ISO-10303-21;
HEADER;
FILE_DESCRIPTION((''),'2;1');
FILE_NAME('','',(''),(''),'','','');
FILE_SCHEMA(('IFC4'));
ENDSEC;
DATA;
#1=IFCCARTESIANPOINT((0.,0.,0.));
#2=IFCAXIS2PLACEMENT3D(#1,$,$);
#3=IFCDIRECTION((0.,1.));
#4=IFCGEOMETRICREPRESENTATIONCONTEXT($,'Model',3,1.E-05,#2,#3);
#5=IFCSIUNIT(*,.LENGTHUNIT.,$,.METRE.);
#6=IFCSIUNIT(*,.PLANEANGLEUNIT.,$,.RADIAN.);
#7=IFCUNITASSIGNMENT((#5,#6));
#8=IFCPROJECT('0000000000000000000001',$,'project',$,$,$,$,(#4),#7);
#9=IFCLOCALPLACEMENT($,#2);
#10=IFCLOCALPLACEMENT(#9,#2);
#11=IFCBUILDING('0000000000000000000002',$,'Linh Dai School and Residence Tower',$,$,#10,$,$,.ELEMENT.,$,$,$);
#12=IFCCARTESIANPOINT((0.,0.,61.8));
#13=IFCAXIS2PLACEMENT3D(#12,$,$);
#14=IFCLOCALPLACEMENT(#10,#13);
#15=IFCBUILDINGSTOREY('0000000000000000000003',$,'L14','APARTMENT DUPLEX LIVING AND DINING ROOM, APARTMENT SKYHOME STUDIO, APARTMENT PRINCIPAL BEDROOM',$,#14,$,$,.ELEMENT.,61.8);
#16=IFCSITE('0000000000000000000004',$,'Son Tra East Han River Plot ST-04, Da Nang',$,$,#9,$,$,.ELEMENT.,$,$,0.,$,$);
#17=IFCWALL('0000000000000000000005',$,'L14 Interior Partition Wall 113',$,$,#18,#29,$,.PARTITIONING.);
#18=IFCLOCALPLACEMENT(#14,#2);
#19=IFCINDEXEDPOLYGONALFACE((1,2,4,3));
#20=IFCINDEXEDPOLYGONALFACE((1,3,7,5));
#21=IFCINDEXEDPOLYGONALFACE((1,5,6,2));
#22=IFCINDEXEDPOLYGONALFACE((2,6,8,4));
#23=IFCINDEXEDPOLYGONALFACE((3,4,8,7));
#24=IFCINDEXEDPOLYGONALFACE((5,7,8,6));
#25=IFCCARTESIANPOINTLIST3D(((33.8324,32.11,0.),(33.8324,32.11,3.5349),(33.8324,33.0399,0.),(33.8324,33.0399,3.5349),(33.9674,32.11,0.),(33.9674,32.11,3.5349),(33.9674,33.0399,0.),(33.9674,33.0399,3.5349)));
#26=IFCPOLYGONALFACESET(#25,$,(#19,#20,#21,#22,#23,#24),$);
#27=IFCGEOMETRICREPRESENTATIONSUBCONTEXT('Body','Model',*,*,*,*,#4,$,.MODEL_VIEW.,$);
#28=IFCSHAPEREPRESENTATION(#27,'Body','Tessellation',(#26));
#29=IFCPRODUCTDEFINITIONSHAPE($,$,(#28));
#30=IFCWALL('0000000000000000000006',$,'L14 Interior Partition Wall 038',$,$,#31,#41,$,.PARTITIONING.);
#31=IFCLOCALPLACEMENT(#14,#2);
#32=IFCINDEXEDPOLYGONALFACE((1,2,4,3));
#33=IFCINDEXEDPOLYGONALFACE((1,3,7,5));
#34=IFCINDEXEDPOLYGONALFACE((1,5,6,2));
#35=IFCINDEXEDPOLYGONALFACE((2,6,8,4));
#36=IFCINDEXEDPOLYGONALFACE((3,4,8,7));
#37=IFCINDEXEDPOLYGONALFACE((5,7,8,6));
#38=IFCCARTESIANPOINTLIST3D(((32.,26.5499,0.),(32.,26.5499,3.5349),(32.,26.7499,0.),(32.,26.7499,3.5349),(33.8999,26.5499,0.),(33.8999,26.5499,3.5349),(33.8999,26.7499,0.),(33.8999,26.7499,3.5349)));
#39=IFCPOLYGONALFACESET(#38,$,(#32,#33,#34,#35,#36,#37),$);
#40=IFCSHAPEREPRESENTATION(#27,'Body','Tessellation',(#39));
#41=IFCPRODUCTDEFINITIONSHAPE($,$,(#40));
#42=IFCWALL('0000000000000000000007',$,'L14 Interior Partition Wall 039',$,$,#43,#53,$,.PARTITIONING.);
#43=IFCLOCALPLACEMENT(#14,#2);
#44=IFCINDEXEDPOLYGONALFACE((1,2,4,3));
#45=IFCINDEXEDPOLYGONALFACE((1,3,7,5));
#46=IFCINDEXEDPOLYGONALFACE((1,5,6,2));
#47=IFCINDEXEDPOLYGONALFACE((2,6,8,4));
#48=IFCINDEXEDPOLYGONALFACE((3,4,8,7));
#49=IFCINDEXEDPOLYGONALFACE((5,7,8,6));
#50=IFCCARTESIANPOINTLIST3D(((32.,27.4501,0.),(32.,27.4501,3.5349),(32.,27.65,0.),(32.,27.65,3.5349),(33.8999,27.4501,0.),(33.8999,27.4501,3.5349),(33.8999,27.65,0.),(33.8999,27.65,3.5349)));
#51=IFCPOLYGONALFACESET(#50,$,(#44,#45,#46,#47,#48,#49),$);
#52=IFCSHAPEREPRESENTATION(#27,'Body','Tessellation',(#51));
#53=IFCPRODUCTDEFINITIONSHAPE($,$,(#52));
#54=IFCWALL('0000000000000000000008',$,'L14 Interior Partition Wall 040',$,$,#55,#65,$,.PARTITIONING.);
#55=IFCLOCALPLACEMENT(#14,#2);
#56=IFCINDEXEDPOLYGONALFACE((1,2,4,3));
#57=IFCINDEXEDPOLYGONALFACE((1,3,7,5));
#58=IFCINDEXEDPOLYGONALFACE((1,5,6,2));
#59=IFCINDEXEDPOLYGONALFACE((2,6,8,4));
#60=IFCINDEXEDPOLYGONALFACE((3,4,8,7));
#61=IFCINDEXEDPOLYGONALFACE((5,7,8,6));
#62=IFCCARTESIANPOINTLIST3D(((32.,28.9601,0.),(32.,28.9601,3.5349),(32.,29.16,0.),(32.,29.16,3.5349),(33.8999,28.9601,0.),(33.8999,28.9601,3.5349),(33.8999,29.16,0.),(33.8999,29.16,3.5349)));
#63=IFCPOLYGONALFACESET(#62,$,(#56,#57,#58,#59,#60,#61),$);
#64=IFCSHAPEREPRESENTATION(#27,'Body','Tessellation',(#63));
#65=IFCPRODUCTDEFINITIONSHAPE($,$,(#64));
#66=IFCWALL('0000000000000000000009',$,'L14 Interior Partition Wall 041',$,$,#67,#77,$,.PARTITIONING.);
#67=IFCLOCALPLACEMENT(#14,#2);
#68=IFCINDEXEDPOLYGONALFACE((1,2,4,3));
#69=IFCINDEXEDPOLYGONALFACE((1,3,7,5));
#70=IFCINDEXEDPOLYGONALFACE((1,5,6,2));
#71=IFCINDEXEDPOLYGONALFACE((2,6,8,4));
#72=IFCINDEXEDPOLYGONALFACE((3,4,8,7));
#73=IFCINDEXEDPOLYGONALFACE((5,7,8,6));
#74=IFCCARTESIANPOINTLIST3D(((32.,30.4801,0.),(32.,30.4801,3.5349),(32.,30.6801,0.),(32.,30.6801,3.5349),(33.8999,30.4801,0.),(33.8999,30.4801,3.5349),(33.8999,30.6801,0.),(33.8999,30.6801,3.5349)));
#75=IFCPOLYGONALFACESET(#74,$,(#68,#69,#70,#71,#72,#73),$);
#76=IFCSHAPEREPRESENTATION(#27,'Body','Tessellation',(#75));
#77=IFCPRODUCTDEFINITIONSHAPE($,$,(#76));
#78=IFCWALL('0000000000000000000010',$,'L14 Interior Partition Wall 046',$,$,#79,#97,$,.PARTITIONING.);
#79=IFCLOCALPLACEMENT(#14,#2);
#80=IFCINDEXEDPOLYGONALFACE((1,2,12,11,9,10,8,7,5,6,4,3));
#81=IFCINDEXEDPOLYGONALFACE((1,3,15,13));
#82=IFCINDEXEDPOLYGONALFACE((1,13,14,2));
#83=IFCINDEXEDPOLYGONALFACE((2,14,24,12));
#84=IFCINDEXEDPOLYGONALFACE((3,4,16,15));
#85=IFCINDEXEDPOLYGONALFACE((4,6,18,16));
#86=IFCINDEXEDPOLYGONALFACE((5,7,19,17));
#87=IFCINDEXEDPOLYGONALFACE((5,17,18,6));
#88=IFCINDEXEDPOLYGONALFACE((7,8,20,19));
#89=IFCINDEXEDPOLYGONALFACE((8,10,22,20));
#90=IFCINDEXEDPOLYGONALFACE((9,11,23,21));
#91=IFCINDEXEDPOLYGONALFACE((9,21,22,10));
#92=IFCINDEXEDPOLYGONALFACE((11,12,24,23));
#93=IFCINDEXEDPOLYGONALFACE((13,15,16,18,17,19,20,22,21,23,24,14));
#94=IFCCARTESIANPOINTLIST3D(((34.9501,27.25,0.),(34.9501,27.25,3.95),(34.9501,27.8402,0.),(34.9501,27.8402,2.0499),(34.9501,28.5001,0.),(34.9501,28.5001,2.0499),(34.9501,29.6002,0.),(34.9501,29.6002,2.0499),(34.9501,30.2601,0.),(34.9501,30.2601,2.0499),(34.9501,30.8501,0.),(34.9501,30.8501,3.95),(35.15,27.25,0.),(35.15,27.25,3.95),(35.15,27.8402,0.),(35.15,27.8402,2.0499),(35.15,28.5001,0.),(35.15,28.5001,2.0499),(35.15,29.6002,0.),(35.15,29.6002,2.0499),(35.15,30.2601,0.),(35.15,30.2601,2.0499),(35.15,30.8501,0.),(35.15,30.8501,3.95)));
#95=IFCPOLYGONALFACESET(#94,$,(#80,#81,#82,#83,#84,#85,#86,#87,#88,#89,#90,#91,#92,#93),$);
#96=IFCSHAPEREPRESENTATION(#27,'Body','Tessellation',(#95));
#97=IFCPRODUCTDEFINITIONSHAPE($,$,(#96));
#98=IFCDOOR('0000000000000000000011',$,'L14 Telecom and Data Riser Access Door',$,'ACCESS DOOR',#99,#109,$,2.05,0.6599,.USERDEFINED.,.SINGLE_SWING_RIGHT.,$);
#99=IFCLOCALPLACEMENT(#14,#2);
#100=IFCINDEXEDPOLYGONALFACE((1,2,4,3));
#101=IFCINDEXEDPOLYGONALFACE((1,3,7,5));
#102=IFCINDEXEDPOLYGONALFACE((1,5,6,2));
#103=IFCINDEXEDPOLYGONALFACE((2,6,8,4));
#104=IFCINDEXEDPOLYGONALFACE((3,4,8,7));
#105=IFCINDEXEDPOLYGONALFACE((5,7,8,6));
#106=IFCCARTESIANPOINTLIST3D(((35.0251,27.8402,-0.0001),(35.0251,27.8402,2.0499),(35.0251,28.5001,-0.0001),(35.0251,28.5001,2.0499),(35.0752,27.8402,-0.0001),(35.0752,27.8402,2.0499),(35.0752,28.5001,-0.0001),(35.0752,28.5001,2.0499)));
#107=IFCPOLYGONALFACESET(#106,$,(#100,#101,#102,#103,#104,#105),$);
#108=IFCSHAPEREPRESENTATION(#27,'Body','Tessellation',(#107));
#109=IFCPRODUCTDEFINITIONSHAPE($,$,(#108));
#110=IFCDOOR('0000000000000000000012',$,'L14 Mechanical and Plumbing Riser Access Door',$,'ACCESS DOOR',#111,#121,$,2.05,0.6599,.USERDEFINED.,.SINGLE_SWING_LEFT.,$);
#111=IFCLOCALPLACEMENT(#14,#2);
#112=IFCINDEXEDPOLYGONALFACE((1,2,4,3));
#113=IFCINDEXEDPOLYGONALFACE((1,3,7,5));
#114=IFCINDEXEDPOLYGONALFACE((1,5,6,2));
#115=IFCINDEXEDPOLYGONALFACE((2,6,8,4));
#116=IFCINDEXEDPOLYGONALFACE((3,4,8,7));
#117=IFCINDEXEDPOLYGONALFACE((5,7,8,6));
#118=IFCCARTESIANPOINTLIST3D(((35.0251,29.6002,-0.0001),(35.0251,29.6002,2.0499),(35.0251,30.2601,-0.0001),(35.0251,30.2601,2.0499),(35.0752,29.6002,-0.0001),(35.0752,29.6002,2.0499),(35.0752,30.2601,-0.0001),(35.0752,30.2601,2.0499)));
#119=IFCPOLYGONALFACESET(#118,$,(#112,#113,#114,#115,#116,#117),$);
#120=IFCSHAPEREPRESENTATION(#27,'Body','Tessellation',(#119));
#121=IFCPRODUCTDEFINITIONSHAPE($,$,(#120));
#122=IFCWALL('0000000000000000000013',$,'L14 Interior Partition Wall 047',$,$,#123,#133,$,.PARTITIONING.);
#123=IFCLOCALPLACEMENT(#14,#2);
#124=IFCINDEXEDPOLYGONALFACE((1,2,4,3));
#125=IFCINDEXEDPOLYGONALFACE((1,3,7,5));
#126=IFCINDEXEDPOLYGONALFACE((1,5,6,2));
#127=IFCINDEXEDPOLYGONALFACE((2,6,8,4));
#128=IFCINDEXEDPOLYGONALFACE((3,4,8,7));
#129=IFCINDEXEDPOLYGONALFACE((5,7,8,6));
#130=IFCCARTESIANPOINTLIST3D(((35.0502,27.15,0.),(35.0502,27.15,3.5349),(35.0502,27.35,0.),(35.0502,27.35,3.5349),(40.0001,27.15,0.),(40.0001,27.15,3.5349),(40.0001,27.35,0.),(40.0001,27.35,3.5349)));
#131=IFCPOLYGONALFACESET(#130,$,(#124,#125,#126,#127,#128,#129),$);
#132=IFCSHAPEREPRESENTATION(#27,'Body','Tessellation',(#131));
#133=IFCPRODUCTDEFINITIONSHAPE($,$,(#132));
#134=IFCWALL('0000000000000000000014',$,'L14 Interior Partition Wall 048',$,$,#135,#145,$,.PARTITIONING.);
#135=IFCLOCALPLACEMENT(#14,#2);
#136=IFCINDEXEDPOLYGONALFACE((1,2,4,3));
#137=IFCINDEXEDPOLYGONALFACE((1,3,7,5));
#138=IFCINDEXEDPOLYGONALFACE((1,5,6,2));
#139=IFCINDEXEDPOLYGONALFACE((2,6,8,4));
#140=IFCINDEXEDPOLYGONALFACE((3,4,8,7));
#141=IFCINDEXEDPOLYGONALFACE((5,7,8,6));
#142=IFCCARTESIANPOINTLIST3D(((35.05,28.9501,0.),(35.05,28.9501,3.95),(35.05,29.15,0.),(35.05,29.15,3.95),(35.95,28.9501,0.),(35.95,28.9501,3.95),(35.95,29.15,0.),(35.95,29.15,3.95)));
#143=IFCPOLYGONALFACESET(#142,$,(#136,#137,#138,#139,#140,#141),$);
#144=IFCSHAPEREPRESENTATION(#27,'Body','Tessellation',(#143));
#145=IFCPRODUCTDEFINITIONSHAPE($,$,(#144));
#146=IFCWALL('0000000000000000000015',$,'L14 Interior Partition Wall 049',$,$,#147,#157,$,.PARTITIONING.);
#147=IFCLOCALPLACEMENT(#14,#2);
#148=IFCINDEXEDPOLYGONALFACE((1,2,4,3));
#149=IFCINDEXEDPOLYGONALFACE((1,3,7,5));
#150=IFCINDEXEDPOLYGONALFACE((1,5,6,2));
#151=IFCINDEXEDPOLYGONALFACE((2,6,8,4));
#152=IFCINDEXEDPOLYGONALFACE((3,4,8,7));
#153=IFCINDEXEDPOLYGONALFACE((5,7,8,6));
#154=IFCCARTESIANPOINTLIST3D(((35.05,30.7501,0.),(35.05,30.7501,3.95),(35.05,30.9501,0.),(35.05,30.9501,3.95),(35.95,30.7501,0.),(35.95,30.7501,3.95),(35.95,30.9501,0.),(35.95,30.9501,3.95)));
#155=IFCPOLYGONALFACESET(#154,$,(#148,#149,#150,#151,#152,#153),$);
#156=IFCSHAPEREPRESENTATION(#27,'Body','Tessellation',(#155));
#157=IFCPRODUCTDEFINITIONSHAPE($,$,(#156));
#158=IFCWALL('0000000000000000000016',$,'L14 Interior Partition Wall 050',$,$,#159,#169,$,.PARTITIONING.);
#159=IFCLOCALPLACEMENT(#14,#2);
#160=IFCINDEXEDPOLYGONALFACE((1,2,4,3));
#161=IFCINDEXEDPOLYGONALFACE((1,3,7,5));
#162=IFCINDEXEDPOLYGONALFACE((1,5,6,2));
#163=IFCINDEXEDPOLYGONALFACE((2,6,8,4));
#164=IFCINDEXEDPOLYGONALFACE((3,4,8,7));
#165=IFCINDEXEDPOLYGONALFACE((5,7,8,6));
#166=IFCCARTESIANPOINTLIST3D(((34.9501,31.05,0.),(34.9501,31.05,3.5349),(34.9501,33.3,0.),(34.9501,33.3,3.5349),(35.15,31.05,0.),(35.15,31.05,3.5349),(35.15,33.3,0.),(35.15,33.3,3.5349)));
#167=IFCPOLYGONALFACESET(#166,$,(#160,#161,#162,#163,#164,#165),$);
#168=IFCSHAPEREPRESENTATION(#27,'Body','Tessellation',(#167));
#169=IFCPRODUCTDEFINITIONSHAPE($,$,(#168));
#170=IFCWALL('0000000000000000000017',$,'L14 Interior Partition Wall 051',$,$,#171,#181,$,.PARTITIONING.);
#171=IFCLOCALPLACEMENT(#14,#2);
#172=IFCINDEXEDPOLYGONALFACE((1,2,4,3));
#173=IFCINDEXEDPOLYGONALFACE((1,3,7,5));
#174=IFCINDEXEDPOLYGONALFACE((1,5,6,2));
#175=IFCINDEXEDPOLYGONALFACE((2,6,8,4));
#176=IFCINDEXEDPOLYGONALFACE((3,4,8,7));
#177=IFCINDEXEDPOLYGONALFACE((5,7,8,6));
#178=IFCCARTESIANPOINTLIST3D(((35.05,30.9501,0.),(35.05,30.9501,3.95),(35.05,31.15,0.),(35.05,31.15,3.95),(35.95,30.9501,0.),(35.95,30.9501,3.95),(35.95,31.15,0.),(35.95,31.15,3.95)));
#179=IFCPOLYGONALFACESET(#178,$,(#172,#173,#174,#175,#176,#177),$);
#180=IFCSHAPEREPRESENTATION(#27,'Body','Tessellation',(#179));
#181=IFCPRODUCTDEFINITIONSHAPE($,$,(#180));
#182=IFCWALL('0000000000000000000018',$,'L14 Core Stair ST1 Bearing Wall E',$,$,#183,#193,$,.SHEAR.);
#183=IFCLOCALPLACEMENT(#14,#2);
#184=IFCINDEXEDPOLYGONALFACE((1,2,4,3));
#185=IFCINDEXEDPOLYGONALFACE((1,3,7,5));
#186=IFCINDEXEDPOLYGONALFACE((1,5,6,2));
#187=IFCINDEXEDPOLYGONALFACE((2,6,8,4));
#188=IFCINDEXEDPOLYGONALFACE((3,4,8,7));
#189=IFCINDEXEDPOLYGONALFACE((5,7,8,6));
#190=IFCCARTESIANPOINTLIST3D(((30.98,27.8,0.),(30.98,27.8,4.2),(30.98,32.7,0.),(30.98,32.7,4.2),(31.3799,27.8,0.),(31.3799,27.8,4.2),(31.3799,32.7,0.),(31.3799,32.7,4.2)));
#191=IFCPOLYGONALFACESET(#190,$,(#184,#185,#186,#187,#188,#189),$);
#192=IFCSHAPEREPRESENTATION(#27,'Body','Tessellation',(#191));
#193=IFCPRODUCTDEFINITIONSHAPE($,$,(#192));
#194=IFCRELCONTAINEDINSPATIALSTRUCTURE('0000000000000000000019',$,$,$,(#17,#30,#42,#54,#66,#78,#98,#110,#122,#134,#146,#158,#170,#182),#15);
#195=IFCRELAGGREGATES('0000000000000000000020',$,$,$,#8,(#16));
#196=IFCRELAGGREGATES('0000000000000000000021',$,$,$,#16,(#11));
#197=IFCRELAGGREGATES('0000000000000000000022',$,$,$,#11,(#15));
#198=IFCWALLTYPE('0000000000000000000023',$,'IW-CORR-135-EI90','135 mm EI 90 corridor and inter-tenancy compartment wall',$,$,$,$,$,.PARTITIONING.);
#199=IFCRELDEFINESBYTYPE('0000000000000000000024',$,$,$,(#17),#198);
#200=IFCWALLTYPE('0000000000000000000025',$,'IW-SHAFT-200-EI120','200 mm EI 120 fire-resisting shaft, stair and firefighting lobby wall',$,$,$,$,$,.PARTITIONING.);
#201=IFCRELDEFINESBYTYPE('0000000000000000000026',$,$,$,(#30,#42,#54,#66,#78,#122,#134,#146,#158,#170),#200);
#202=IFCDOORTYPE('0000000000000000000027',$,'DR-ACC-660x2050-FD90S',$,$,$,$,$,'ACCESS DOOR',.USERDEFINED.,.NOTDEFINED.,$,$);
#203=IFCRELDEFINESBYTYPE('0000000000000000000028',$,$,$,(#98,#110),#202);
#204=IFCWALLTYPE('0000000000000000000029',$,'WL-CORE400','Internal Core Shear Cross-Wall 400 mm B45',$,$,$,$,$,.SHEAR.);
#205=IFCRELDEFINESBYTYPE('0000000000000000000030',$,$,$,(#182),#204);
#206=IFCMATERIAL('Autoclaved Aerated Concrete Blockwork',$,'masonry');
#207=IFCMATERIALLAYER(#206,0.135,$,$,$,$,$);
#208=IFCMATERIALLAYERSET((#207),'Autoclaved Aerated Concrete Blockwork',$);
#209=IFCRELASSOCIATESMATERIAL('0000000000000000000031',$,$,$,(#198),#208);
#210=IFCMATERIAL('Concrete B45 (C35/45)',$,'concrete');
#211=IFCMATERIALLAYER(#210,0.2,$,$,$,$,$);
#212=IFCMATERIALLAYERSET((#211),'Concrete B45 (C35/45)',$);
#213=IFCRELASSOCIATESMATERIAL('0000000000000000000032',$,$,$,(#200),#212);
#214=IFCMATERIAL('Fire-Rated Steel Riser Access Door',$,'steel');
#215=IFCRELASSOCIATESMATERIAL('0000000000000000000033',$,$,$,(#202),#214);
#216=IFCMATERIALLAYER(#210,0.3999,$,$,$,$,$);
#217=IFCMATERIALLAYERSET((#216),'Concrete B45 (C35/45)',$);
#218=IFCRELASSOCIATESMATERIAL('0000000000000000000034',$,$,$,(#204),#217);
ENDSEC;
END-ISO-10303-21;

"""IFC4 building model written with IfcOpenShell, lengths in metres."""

from ifc_helpers import new_model, si_unit, direction, frame, frame_2d, origin, origin_2d, place, context, subcontext, project, spatial, rectangle, extrude, source, transform, mapped, material, layer, layer_set, type_object, element, fill, save


model = new_model("IFC4")

# Units and contexts
model_context = context("Model", 3, precision=1e-05, world=origin(), true_north=direction((0.0, 1.0)))
body_context = subcontext(model_context, "Body", "Model", "MODEL_VIEW")
ifc_project = project(units=[si_unit("LENGTHUNIT", "METRE"), si_unit("PLANEANGLEUNIT", "RADIAN")], contexts=[model_context])

# Site, building, storey
site_placement = place(None, origin())
site = spatial("IfcSite", under=ifc_project, at=site_placement, Name="Son Tra East Han River Plot ST-04, Da Nang", CompositionType="ELEMENT", RefElevation=0.0)
building_placement = place(site_placement, origin())
building = spatial("IfcBuilding", under=site, at=building_placement, Name="Linh Dai School and Residence Tower", CompositionType="ELEMENT")
storey_placement = place(building_placement, frame((0.0, 0.0, 61.8)))
storey = spatial("IfcBuildingStorey", under=building, at=storey_placement, Name="L14", Description="APARTMENT DUPLEX LIVING AND DINING ROOM, APARTMENT SKYHOME STUDIO, APARTMENT PRINCIPAL BEDROOM", CompositionType="ELEMENT", Elevation=61.8)

# Walls
ifc_material_1 = material(Name="Autoclaved Aerated Concrete Blockwork", Category="masonry")
ifc_layer_1 = layer(ifc_material_1, 0.135)
ifc_layer_set_1 = layer_set([ifc_layer_1], Name="Autoclaved Aerated Concrete Blockwork")
wall_type_1 = type_object("IfcWallType", Name="IW-CORR-135-EI90", Description="135 mm EI 90 corridor and inter-tenancy compartment wall", PredefinedType="PARTITIONING", material=ifc_layer_set_1)
wall_1_placement = place(storey_placement, frame((33.8999, 32.1101, 0.0), z_axis=(0.0, 0.0, 1.0), x_axis=(0.0, 1.0, 0.0)))
element("IfcWall", 1, at=wall_1_placement, inside=storey, type_object=wall_type_1, Name="L14 Interior Partition Wall 113", PredefinedType="PARTITIONING", context=body_context, shape_type="SweptSolid", body=[
    extrude(rectangle(XDim=0.9299, YDim=0.135, at=frame_2d((0.4648, 0.0))), origin(), (0.0, 0.0, 1.0), 3.5349),
])
ifc_material_2 = material(Name="Concrete B45 (C35/45)", Category="concrete")
ifc_layer_2 = layer(ifc_material_2, 0.2)
ifc_layer_set_2 = layer_set([ifc_layer_2], Name="Concrete B45 (C35/45)")
wall_type_2 = type_object("IfcWallType", Name="IW-SHAFT-200-EI120", Description="200 mm EI 120 fire-resisting shaft, stair and firefighting lobby wall", PredefinedType="PARTITIONING", material=ifc_layer_set_2)
for number, where, z_axis, x_axis, name in (
    (2, (32.0, 26.6499, 0.0), (0.0, 0.0, 1.0), (1.0, 0.0, 0.0), "L14 Interior Partition Wall 038"),
    (3, (32.0, 27.55, 0.0), (0.0, 0.0, 1.0), (1.0, 0.0, 0.0), "L14 Interior Partition Wall 039"),
    (4, (32.0, 29.0601, 0.0), (0.0, 0.0, 1.0), (1.0, 0.0, 0.0), "L14 Interior Partition Wall 040"),
    (5, (32.0, 30.5801, 0.0), (0.0, 0.0, 1.0), (1.0, 0.0, 0.0), "L14 Interior Partition Wall 041"),
):
    element("IfcWall", number, at=place(storey_placement, frame(where, z_axis=z_axis, x_axis=x_axis)), inside=storey, type_object=wall_type_2, Name=name, PredefinedType="PARTITIONING", context=body_context, shape_type="SweptSolid", body=[
        extrude(rectangle(XDim=1.8999, YDim=0.2, at=frame_2d((0.95, 0.0))), origin(), (0.0, 0.0, 1.0), 3.5349),
    ])

# Wall, openings, doors
wall_2_placement = place(storey_placement, frame((35.05, 27.25, 0.0), z_axis=(0.0, 0.0, 1.0), x_axis=(0.0, 1.0, 0.0)))
wall_2 = element("IfcWall", 6, at=wall_2_placement, inside=storey, type_object=wall_type_2, Name="L14 Interior Partition Wall 046", PredefinedType="PARTITIONING", context=body_context, shape_type="SweptSolid", body=[
    extrude(rectangle(XDim=3.6001, YDim=0.2, at=frame_2d((1.8, 0.0))), origin(), (0.0, 0.0, 1.0), 3.95),
])
opening_1_placement = place(wall_2_placement, frame((0.5901, 0.0, 0.0)))
opening_1 = element("IfcOpeningElement", 7, at=opening_1_placement, cuts=wall_2, PredefinedType="OPENING", context=body_context, shape_type="SweptSolid", body=[
    extrude(rectangle(XDim=0.6599, YDim=2.05, at=origin_2d()), frame((0.3301, 0.1099, 1.0249), z_axis=(0.0, -1.0, 0.0), x_axis=(1.0, 0.0, 0.0)), (0.0, 0.0, 1.0), 0.22),
])
opening_2_placement = place(wall_2_placement, frame((2.3501, 0.0, 0.0)))
opening_2 = element("IfcOpeningElement", 8, at=opening_2_placement, cuts=wall_2, PredefinedType="OPENING", context=body_context, shape_type="SweptSolid", body=[
    extrude(rectangle(XDim=0.6599, YDim=2.05, at=origin_2d()), frame((0.3301, 0.1099, 1.0249), z_axis=(0.0, -1.0, 0.0), x_axis=(1.0, 0.0, 0.0)), (0.0, 0.0, 1.0), 0.22),
])
ifc_material_3 = material(Name="Fire-Rated Steel Riser Access Door", Category="steel")
door_type = type_object("IfcDoorType", Name="DR-ACC-660x2050-FD90S", ElementType="ACCESS DOOR", OperationType="NOTDEFINED", PredefinedType="USERDEFINED", material=ifc_material_3)
shared_shape_1 = source(origin(), body_context, "Body", "SweptSolid", [
    extrude(rectangle(XDim=0.6599, YDim=2.05, at=origin_2d()), frame((0.3301, 0.0249, 1.0249), z_axis=(0.0, -1.0, 0.0), x_axis=(1.0, 0.0, 0.0)), (0.0, 0.0, 1.0), 0.05),
])
door_1_placement = place(opening_1_placement, origin())
door_1 = element("IfcDoor", 9, at=door_1_placement, inside=storey, type_object=door_type, Name="L14 Telecom and Data Riser Access Door", ObjectType="ACCESS DOOR", OperationType="SINGLE_SWING_RIGHT", OverallHeight=2.05, OverallWidth=0.6599, PredefinedType="USERDEFINED", context=body_context, shape_type="MappedRepresentation", body=[
    mapped(shared_shape_1, transform((0.0, 0.0, 0.0), x_axis=(1.0, 0.0, 0.0), y_axis=(0.0, 1.0, 0.0), z_axis=(0.0, 0.0, 1.0), scale=1.0)),
])
fill(opening_1, door_1)
door_2_placement = place(opening_2_placement, origin())
door_2 = element("IfcDoor", 10, at=door_2_placement, inside=storey, type_object=door_type, Name="L14 Mechanical and Plumbing Riser Access Door", ObjectType="ACCESS DOOR", OperationType="SINGLE_SWING_LEFT", OverallHeight=2.05, OverallWidth=0.6599, PredefinedType="USERDEFINED", context=body_context, shape_type="MappedRepresentation", body=[
    mapped(shared_shape_1, transform((0.0, 0.0, 0.0), x_axis=(1.0, 0.0, 0.0), y_axis=(0.0, 1.0, 0.0), z_axis=(0.0, 0.0, 1.0), scale=1.0)),
])
fill(opening_2, door_2)

# Walls
wall_3_placement = place(storey_placement, frame((35.05, 27.25, 0.0), z_axis=(0.0, 0.0, 1.0), x_axis=(1.0, 0.0, 0.0)))
element("IfcWall", 11, at=wall_3_placement, inside=storey, type_object=wall_type_2, Name="L14 Interior Partition Wall 047", PredefinedType="PARTITIONING", context=body_context, shape_type="SweptSolid", body=[
    extrude(rectangle(XDim=4.95, YDim=0.2, at=frame_2d((2.4751, 0.0))), origin(), (0.0, 0.0, 1.0), 3.5349),
])
for number, where, z_axis, x_axis, name in (
    (12, (35.05, 29.05, 0.0), (0.0, 0.0, 1.0), (1.0, 0.0, 0.0), "L14 Interior Partition Wall 048"),
    (13, (35.05, 30.8501, 0.0), (0.0, 0.0, 1.0), (1.0, 0.0, 0.0), "L14 Interior Partition Wall 049"),
):
    element("IfcWall", number, at=place(storey_placement, frame(where, z_axis=z_axis, x_axis=x_axis)), inside=storey, type_object=wall_type_2, Name=name, PredefinedType="PARTITIONING", context=body_context, shape_type="SweptSolid", body=[
        extrude(rectangle(XDim=0.8999, YDim=0.2, at=frame_2d((0.45, 0.0))), origin(), (0.0, 0.0, 1.0), 3.95),
    ])
wall_4_placement = place(storey_placement, frame((35.05, 31.05, 0.0), z_axis=(0.0, 0.0, 1.0), x_axis=(0.0, 1.0, 0.0)))
element("IfcWall", 14, at=wall_4_placement, inside=storey, type_object=wall_type_2, Name="L14 Interior Partition Wall 050", PredefinedType="PARTITIONING", context=body_context, shape_type="SweptSolid", body=[
    extrude(rectangle(XDim=2.25, YDim=0.2, at=frame_2d((1.125, 0.0))), origin(), (0.0, 0.0, 1.0), 3.5349),
])
wall_5_placement = place(storey_placement, frame((35.05, 31.05, 0.0), z_axis=(0.0, 0.0, 1.0), x_axis=(1.0, 0.0, 0.0)))
element("IfcWall", 15, at=wall_5_placement, inside=storey, type_object=wall_type_2, Name="L14 Interior Partition Wall 051", PredefinedType="PARTITIONING", context=body_context, shape_type="SweptSolid", body=[
    extrude(rectangle(XDim=0.8999, YDim=0.2, at=frame_2d((0.45, 0.0))), origin(), (0.0, 0.0, 1.0), 3.95),
])
ifc_layer_3 = layer(ifc_material_2, 0.3999)
ifc_layer_set_3 = layer_set([ifc_layer_3], Name="Concrete B45 (C35/45)")
wall_type_3 = type_object("IfcWallType", Name="WL-CORE400", Description="Internal Core Shear Cross-Wall 400 mm B45", PredefinedType="SHEAR", material=ifc_layer_set_3)
wall_6_placement = place(storey_placement, frame((31.1799, 27.8, 0.0), z_axis=(0.0, 0.0, 1.0), x_axis=(0.0, 1.0, 0.0)))
element("IfcWall", 16, at=wall_6_placement, inside=storey, type_object=wall_type_3, Name="L14 Core Stair ST1 Bearing Wall E", PredefinedType="SHEAR", context=body_context, shape_type="SweptSolid", body=[
    extrude(rectangle(XDim=4.8999, YDim=0.3999, at=frame_2d((2.45, 0.0))), origin(), (0.0, 0.0, 1.0), 4.2),
])

save(model, "model.ifc")
